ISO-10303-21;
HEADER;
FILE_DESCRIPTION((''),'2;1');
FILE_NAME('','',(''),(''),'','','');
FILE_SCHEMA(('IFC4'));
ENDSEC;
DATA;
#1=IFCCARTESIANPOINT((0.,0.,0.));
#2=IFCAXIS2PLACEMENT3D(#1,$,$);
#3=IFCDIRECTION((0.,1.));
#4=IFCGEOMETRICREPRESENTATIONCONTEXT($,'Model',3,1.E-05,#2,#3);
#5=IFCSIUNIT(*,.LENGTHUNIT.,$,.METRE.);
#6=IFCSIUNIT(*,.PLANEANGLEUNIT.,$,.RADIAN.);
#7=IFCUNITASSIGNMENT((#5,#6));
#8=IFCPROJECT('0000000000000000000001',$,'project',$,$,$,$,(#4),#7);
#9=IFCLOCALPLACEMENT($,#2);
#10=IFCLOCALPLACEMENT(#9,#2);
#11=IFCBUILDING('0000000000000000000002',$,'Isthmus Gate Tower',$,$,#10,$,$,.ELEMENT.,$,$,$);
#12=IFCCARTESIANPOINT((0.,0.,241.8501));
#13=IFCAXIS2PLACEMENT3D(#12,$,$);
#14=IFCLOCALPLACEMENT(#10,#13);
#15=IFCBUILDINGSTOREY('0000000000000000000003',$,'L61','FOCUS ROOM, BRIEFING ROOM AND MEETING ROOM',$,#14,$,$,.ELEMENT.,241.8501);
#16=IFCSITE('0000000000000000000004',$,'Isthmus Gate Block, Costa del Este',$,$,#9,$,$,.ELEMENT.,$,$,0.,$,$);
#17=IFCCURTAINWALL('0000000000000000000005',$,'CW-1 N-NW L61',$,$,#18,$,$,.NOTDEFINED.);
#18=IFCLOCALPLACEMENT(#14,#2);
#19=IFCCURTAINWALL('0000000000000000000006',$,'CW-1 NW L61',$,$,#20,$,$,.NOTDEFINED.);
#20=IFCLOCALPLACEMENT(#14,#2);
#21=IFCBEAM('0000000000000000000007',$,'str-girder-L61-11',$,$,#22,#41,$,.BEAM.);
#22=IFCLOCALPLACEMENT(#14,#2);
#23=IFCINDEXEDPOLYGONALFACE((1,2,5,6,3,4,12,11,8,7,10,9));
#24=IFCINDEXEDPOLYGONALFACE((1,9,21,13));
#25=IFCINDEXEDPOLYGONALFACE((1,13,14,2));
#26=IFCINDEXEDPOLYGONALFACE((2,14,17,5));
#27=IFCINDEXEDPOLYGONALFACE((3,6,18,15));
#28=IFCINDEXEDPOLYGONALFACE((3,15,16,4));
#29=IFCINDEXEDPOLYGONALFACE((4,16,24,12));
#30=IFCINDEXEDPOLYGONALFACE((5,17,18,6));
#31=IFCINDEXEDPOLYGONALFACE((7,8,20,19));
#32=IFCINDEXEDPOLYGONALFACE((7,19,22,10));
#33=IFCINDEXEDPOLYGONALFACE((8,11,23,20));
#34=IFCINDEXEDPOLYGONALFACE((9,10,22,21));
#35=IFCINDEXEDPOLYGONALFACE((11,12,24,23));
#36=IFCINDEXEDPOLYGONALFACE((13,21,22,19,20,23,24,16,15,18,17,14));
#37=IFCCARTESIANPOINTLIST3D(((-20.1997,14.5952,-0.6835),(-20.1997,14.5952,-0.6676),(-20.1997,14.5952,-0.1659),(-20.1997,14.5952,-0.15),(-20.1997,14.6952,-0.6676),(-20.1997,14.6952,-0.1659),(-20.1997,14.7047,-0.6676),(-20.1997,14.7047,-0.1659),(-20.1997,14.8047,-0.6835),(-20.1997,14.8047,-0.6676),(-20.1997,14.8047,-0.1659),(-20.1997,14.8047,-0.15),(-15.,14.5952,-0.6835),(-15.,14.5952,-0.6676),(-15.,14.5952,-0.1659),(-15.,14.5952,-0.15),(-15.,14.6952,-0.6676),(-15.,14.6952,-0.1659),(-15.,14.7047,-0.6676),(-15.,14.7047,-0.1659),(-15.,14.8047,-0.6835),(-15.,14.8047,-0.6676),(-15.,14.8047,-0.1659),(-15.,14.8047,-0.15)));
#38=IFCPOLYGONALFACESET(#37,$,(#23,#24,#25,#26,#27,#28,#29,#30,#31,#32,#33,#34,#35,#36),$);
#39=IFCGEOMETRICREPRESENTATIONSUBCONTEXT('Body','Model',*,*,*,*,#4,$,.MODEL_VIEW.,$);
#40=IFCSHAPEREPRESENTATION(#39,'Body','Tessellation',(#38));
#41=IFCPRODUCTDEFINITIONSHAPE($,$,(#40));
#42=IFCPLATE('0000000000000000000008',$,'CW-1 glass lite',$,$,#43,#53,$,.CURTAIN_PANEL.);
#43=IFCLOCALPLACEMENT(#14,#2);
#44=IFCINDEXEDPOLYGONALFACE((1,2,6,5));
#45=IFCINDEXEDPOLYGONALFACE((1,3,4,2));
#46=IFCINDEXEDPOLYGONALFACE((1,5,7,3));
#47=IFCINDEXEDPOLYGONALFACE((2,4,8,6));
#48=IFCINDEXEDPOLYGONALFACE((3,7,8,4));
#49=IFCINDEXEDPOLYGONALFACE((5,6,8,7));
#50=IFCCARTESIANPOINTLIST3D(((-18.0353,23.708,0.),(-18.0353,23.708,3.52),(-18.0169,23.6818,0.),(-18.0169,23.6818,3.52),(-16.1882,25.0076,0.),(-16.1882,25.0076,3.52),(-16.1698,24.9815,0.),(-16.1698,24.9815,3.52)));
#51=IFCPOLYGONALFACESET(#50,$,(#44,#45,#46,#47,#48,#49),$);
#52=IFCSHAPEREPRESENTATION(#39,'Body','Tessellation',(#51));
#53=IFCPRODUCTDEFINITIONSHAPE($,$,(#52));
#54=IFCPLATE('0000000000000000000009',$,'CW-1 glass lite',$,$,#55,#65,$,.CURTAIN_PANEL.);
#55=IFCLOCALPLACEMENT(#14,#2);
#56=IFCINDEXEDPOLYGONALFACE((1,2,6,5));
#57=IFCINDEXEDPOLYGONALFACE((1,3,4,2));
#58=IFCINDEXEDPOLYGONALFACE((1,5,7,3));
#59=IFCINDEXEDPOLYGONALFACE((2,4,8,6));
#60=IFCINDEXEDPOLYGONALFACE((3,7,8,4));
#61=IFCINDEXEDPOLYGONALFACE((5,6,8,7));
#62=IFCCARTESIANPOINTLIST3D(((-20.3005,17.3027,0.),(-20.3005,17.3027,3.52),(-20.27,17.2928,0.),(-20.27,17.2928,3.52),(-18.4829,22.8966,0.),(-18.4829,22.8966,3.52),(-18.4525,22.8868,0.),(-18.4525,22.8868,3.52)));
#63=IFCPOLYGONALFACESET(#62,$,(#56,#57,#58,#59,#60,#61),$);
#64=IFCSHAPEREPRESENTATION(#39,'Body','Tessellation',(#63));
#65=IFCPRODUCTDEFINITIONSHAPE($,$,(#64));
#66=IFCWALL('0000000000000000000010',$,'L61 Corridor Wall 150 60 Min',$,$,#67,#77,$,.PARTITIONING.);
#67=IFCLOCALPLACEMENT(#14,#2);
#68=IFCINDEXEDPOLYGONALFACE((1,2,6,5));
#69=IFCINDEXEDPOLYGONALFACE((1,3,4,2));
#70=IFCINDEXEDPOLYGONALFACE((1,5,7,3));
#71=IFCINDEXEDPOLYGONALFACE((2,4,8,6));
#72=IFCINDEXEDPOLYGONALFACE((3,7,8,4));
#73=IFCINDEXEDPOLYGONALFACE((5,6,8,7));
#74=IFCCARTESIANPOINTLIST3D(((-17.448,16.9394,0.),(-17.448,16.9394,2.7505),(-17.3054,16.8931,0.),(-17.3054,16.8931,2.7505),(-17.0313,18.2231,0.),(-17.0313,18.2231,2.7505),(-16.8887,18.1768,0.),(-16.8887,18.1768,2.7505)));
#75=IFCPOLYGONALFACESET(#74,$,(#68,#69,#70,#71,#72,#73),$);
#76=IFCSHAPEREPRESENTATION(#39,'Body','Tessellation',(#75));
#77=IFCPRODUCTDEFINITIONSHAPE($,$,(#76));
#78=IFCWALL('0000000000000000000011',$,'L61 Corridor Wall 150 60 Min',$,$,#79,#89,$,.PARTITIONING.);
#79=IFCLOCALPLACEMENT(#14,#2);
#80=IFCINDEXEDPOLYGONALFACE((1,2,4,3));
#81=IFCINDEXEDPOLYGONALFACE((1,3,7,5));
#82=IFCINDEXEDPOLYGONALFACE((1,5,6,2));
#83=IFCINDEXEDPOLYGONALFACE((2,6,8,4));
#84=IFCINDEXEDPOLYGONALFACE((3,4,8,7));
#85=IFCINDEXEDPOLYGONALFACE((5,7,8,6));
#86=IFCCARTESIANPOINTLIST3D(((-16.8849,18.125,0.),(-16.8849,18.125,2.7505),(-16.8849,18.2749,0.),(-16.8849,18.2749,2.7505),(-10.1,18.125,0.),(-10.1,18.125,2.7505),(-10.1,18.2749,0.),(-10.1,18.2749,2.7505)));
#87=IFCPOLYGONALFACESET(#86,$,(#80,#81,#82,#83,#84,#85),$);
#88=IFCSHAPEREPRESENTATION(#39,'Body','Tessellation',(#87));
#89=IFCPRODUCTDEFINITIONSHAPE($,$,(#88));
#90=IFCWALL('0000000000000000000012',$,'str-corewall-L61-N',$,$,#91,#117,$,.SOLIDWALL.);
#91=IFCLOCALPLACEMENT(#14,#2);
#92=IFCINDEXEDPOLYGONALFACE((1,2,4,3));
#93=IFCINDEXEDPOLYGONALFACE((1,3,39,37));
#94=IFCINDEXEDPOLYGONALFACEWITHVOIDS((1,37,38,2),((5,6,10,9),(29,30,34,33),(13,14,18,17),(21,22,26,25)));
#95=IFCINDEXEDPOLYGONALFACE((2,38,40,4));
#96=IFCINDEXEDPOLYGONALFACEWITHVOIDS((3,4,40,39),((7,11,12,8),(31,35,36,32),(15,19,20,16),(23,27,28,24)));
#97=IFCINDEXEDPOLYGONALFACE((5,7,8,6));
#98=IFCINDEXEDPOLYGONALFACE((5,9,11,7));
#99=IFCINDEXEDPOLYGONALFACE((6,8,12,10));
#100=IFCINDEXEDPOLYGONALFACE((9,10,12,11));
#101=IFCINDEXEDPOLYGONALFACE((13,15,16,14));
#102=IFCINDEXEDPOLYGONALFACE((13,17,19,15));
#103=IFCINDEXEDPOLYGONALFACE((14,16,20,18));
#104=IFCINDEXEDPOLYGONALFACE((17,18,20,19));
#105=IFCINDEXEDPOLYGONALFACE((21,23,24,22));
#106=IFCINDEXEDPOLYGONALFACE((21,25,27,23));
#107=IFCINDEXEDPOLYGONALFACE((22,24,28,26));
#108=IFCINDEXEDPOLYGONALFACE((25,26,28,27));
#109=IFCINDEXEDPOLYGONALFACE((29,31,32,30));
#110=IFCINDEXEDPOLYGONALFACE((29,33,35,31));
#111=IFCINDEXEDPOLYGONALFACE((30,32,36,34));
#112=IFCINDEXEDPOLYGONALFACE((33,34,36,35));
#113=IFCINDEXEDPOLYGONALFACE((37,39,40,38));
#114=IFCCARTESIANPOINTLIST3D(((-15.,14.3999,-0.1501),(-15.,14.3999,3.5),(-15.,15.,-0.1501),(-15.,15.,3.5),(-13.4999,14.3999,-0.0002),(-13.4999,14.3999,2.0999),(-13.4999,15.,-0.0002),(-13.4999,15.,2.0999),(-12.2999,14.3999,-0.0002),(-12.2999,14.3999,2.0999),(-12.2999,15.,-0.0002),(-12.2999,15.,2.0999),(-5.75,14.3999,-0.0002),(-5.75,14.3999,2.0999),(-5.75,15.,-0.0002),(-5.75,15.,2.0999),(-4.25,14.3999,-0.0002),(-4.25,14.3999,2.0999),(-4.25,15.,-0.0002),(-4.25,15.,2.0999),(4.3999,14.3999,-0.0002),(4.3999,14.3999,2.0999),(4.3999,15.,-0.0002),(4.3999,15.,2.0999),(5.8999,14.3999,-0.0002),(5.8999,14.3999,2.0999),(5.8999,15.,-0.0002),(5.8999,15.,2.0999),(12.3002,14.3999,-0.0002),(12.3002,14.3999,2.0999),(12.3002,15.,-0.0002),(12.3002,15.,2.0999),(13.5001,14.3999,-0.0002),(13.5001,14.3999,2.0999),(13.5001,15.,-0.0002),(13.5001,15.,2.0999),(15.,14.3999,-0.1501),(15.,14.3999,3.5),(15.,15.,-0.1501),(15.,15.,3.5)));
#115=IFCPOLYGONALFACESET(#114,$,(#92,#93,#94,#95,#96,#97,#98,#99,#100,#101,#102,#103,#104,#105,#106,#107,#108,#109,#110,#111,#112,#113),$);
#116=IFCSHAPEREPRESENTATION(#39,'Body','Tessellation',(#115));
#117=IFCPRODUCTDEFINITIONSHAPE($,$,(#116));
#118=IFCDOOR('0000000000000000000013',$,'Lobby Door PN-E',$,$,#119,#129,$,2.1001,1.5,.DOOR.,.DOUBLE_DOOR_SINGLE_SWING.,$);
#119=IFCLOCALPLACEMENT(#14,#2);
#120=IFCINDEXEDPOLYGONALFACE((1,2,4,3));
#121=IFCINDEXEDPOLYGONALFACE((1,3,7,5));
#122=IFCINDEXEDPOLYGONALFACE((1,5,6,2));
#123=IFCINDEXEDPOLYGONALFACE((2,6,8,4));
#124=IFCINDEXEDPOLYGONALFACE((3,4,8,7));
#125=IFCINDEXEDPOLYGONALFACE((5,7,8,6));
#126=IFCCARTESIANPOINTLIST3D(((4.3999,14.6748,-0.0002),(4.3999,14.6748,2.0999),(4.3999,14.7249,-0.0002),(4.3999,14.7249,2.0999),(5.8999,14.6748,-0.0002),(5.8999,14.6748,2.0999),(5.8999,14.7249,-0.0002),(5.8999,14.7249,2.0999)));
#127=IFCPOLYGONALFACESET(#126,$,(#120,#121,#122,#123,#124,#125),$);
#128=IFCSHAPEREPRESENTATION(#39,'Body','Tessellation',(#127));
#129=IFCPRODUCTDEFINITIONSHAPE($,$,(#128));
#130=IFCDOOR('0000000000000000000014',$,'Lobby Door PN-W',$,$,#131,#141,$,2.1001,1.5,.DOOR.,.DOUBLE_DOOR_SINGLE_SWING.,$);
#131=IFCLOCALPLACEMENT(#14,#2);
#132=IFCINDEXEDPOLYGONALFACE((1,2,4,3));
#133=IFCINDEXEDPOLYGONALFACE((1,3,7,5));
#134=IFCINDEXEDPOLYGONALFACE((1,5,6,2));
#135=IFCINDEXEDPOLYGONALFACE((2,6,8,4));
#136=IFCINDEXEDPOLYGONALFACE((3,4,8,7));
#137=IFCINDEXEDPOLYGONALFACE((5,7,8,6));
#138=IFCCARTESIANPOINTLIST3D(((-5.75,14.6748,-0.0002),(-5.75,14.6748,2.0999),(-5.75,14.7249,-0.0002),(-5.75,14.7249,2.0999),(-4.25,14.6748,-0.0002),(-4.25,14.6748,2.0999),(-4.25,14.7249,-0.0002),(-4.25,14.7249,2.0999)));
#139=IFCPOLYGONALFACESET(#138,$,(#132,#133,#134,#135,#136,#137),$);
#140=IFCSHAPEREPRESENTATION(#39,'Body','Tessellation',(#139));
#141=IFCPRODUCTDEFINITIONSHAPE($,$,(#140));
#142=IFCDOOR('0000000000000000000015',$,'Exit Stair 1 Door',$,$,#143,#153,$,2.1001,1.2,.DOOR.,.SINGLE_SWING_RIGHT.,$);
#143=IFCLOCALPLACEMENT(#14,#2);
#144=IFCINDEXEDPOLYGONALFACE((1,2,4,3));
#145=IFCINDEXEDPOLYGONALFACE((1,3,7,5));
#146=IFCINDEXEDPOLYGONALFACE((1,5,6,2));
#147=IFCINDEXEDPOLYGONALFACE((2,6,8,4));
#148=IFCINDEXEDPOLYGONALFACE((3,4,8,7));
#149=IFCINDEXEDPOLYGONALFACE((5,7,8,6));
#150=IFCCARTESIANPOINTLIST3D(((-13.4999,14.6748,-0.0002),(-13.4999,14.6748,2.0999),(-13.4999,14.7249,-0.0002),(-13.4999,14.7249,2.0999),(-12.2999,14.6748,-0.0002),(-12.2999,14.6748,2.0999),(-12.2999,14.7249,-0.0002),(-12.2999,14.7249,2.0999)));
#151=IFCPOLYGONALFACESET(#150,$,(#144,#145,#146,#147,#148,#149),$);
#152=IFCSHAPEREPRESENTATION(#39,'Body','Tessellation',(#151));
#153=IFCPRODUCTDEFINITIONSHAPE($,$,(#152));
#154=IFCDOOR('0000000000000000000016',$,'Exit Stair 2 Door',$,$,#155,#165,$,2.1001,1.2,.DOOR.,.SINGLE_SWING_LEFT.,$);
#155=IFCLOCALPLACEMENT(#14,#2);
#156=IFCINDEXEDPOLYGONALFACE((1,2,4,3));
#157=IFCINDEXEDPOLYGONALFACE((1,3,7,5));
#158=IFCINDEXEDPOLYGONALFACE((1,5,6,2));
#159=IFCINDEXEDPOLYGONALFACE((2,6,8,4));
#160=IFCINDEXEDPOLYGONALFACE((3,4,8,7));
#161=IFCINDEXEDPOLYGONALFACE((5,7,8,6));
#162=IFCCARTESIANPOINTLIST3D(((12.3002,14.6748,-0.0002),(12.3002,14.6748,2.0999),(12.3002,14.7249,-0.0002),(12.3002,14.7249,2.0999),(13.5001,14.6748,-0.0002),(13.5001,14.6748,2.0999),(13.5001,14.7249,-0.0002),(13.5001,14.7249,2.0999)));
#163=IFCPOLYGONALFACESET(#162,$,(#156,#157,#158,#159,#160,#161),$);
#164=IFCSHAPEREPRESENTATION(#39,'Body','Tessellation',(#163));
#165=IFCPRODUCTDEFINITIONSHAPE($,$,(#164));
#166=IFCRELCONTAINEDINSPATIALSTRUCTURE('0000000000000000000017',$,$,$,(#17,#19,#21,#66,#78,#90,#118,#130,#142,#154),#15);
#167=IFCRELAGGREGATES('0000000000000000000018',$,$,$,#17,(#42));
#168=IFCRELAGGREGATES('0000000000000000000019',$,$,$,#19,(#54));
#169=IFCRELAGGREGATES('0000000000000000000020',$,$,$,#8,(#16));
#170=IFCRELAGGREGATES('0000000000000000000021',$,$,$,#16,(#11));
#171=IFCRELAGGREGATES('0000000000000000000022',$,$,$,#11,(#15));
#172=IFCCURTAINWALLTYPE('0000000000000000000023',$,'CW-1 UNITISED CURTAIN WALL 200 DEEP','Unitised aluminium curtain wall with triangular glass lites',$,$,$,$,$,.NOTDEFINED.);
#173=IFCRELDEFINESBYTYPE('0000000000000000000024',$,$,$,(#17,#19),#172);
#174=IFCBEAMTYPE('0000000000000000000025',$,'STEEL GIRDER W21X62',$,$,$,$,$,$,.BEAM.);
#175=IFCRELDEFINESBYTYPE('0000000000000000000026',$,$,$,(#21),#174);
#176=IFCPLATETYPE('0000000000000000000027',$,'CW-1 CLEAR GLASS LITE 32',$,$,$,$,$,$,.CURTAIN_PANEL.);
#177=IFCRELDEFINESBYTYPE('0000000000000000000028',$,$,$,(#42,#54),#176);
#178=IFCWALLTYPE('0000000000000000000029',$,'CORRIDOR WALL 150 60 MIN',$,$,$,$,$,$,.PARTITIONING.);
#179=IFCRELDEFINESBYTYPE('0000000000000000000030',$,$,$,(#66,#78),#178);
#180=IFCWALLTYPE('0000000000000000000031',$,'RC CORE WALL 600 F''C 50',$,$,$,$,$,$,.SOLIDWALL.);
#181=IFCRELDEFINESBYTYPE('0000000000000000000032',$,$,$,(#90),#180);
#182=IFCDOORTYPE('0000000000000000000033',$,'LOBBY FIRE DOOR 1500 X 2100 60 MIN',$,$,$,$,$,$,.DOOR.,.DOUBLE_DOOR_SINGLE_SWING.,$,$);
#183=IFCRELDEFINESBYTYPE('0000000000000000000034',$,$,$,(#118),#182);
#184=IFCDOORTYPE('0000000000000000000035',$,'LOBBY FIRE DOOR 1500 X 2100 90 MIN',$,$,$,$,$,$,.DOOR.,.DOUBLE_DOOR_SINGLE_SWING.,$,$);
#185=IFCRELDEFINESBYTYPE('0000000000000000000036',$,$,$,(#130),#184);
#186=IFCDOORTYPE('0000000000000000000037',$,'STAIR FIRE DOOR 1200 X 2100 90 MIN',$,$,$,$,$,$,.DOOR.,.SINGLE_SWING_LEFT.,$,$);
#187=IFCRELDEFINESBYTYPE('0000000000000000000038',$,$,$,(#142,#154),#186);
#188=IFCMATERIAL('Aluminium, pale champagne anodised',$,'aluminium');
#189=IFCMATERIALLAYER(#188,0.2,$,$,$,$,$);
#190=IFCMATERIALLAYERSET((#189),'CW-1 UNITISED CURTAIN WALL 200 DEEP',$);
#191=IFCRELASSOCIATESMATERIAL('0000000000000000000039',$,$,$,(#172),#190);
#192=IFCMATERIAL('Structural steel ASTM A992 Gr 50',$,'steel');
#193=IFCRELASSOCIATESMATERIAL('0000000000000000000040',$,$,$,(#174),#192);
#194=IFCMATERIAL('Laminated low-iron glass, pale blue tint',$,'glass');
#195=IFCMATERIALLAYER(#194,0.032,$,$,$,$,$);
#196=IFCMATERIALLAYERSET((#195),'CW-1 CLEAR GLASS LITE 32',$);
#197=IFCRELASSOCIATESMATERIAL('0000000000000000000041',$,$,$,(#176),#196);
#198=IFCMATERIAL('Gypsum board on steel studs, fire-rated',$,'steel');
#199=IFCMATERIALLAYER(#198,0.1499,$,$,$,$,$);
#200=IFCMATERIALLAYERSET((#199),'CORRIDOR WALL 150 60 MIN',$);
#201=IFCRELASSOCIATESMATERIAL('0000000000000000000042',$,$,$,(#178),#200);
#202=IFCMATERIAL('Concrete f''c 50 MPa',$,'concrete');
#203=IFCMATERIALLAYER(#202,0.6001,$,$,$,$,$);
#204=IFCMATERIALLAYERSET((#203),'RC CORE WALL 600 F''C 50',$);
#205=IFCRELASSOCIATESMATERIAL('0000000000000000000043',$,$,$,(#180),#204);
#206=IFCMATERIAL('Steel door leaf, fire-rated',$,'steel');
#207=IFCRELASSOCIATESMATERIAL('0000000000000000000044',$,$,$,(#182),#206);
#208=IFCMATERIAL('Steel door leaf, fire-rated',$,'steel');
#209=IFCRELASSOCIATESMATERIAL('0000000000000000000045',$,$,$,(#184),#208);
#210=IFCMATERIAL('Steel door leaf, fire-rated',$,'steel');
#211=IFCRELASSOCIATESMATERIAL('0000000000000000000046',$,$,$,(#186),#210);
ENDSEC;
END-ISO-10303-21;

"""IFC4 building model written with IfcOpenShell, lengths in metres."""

from ifc_helpers import new_model, si_unit, direction, frame, frame_2d, origin, origin_2d, place, context, subcontext, project, spatial, rectangle, i_section, extrude, material, layer, layer_set, material_profile, profile_set, type_object, element, fill, aggregate, save


model = new_model("IFC4")

# Units and contexts
model_context = context("Model", 3, precision=1e-05, world=origin(), true_north=direction((0.0, 1.0)))
body_context = subcontext(model_context, "Body", "Model", "MODEL_VIEW")
ifc_project = project(units=[si_unit("LENGTHUNIT", "METRE"), si_unit("PLANEANGLEUNIT", "RADIAN")], contexts=[model_context])

# Site, building, storey
site_placement = place(None, origin())
site = spatial("IfcSite", under=ifc_project, at=site_placement, Name="Isthmus Gate Block, Costa del Este", CompositionType="ELEMENT", RefElevation=0.0)
building_placement = place(site_placement, origin())
building = spatial("IfcBuilding", under=site, at=building_placement, Name="Isthmus Gate Tower", CompositionType="ELEMENT")
storey_placement = place(building_placement, frame((0.0, 0.0, 241.8501)))
storey = spatial("IfcBuildingStorey", under=building, at=storey_placement, Name="L61", Description="FOCUS ROOM, BRIEFING ROOM AND MEETING ROOM", CompositionType="ELEMENT", Elevation=241.8501)

# Curtain walls
ifc_material_1 = material(Name="Aluminium, pale champagne anodised", Category="aluminium")
ifc_layer_1 = layer(ifc_material_1, 0.2)
ifc_layer_set_1 = layer_set([ifc_layer_1], Name="CW-1 UNITISED CURTAIN WALL 200 DEEP")
curtain_wall_type = type_object("IfcCurtainWallType", Name="CW-1 UNITISED CURTAIN WALL 200 DEEP", Description="Unitised aluminium curtain wall with triangular glass lites", PredefinedType="NOTDEFINED", material=ifc_layer_set_1)
curtain_wall_1_placement = place(storey_placement, origin())
curtain_wall_1 = element("IfcCurtainWall", 1, at=curtain_wall_1_placement, inside=storey, type_object=curtain_wall_type, Name="CW-1 N-NW L61", PredefinedType="NOTDEFINED")
curtain_wall_2_placement = place(storey_placement, origin())
curtain_wall_2 = element("IfcCurtainWall", 2, at=curtain_wall_2_placement, inside=storey, type_object=curtain_wall_type, Name="CW-1 NW L61", PredefinedType="NOTDEFINED")

# Beam
ifc_material_2 = material(Name="Structural steel ASTM A992 Gr 50", Category="steel")
ifc_material_profile_1 = material_profile(ifc_material_2, i_section(OverallWidth=0.2095, OverallDepth=0.5334, WebThickness=0.0095, FlangeThickness=0.0159, at=origin_2d()), Name="W21X62")
ifc_profile_set_1 = profile_set([ifc_material_profile_1], Name="Structural steel ASTM A992 Gr 50")
beam_type_1 = type_object("IfcBeamType", Name="STEEL GIRDER W21X62", PredefinedType="BEAM", material=ifc_profile_set_1)
beam_1_placement = place(storey_placement, frame((-15.0, 14.7, -0.4167), z_axis=(-1.0, 0.0, 0.0), x_axis=(0.0, -1.0, 0.0)))
element("IfcBeam", 3, at=beam_1_placement, inside=storey, type_object=beam_type_1, Name="str-girder-L61-11", PredefinedType="BEAM", context=body_context, shape_type="SweptSolid", body=[
    extrude(i_section(OverallWidth=0.2095, OverallDepth=0.5334, WebThickness=0.0095, FlangeThickness=0.0159, at=origin_2d()), origin(), (0.0, 0.0, 1.0), 5.1997),
])

# Plates
ifc_material_3 = material(Name="Laminated low-iron glass, pale blue tint", Category="glass")
ifc_layer_2 = layer(ifc_material_3, 0.032)
ifc_layer_set_2 = layer_set([ifc_layer_2], Name="CW-1 CLEAR GLASS LITE 32")
plate_type = type_object("IfcPlateType", Name="CW-1 CLEAR GLASS LITE 32", PredefinedType="CURTAIN_PANEL", material=ifc_layer_set_2)
plate_1_placement = place(storey_placement, frame((-17.1025, 24.3447, 0.0), z_axis=(0.0, 0.0, 1.0), x_axis=(-0.81786, -0.575418, 0.0)))
plate_1 = element("IfcPlate", 4, at=plate_1_placement, type_object=plate_type, Name="CW-1 glass lite", PredefinedType="CURTAIN_PANEL", context=body_context, shape_type="SweptSolid", body=[
    extrude(rectangle(XDim=2.2585, YDim=0.032, at=origin_2d()), origin(), (0.0, 0.0, 1.0), 3.52),
])
aggregate(curtain_wall_1, [plate_1])
plate_2_placement = place(storey_placement, frame((-19.3765, 20.0947, 0.0), z_axis=(0.0, 0.0, 1.0), x_axis=(-0.309017, -0.951057, 0.0)))
plate_2 = element("IfcPlate", 5, at=plate_2_placement, type_object=plate_type, Name="CW-1 glass lite", PredefinedType="CURTAIN_PANEL", context=body_context, shape_type="SweptSolid", body=[
    extrude(rectangle(XDim=5.8818, YDim=0.032, at=origin_2d()), origin(), (0.0, 0.0, 1.0), 3.52),
])

# Walls
ifc_material_4 = material(Name="Gypsum board on steel studs, fire-rated", Category="steel")
ifc_layer_3 = layer(ifc_material_4, 0.1499)
ifc_layer_set_3 = layer_set([ifc_layer_3], Name="CORRIDOR WALL 150 60 MIN")
wall_type_1 = type_object("IfcWallType", Name="CORRIDOR WALL 150 60 MIN", PredefinedType="PARTITIONING", material=ifc_layer_set_3)
wall_1_placement = place(storey_placement, frame((-17.3767, 16.9163, 0.0), z_axis=(0.0, 0.0, 1.0), x_axis=(0.308783, 0.951132, 0.0)))
element("IfcWall", 6, at=wall_1_placement, inside=storey, type_object=wall_type_1, Name="L61 Corridor Wall 150 60 Min", PredefinedType="PARTITIONING", context=body_context, shape_type="SweptSolid", body=[
    extrude(rectangle(XDim=1.3496, YDim=0.1499, at=frame_2d((0.6748, 0.0))), origin(), (0.0, 0.0, 1.0), 2.7505),
])
wall_2_placement = place(storey_placement, frame((-16.885, 18.2, 0.0), z_axis=(0.0, 0.0, 1.0), x_axis=(1.0, 0.0, 0.0)))
element("IfcWall", 7, at=wall_2_placement, inside=storey, type_object=wall_type_1, Name="L61 Corridor Wall 150 60 Min", PredefinedType="PARTITIONING", context=body_context, shape_type="SweptSolid", body=[
    extrude(rectangle(XDim=6.7849, YDim=0.1499, at=frame_2d((3.3926, 0.0))), origin(), (0.0, 0.0, 1.0), 2.7505),
])

# Wall, openings, doors
ifc_material_5 = material(Name="Concrete f'c 50 MPa", Category="concrete")
ifc_layer_4 = layer(ifc_material_5, 0.6001)
ifc_layer_set_4 = layer_set([ifc_layer_4], Name="RC CORE WALL 600 F'C 50")
wall_type_2 = type_object("IfcWallType", Name="RC CORE WALL 600 F'C 50", PredefinedType="SOLIDWALL", material=ifc_layer_set_4)
wall_3_placement = place(storey_placement, frame((-15.0, 14.7, -0.1501), z_axis=(0.0, 0.0, 1.0), x_axis=(1.0, 0.0, 0.0)))
wall_3 = element("IfcWall", 8, at=wall_3_placement, inside=storey, type_object=wall_type_2, Name="str-corewall-L61-N", PredefinedType="SOLIDWALL", context=body_context, shape_type="SweptSolid", body=[
    extrude(rectangle(XDim=30.0, YDim=0.6001, at=frame_2d((15.0, 0.0))), origin(), (0.0, 0.0, 1.0), 3.6501),
])
opening_1_placement = place(wall_3_placement, frame((9.25, 0.0, 0.1499)))
opening_1 = element("IfcOpeningElement", 9, at=opening_1_placement, cuts=wall_3, PredefinedType="OPENING", context=body_context, shape_type="SweptSolid", body=[
    extrude(rectangle(XDim=1.5, YDim=2.1001, at=frame_2d((0.75, 1.05))), frame((0.0, 0.3101, 0.0), z_axis=(0.0, -1.0, 0.0), x_axis=(1.0, 0.0, 0.0)), (0.0, 0.0, 1.0), 0.6201),
])
opening_2_placement = place(wall_3_placement, frame((19.3999, 0.0, 0.1499)))
opening_2 = element("IfcOpeningElement", 10, at=opening_2_placement, cuts=wall_3, PredefinedType="OPENING", context=body_context, shape_type="SweptSolid", body=[
    extrude(rectangle(XDim=1.5, YDim=2.1001, at=frame_2d((0.75, 1.05))), frame((0.0, 0.3101, 0.0), z_axis=(0.0, -1.0, 0.0), x_axis=(1.0, 0.0, 0.0)), (0.0, 0.0, 1.0), 0.6201),
])
opening_3_placement = place(wall_3_placement, frame((1.5, 0.0, 0.1499)))
opening_3 = element("IfcOpeningElement", 11, at=opening_3_placement, cuts=wall_3, PredefinedType="OPENING", context=body_context, shape_type="SweptSolid", body=[
    extrude(rectangle(XDim=1.2, YDim=2.1001, at=frame_2d((0.6001, 1.05))), frame((0.0, 0.3101, 0.0), z_axis=(0.0, -1.0, 0.0), x_axis=(1.0, 0.0, 0.0)), (0.0, 0.0, 1.0), 0.6201),
])
opening_4_placement = place(wall_3_placement, frame((27.3, 0.0, 0.1499)))
opening_4 = element("IfcOpeningElement", 12, at=opening_4_placement, cuts=wall_3, PredefinedType="OPENING", context=body_context, shape_type="SweptSolid", body=[
    extrude(rectangle(XDim=1.2, YDim=2.1001, at=frame_2d((0.6001, 1.05))), frame((0.0, 0.3101, 0.0), z_axis=(0.0, -1.0, 0.0), x_axis=(1.0, 0.0, 0.0)), (0.0, 0.0, 1.0), 0.6201),
])
ifc_material_6 = material(Name="Steel door leaf, fire-rated", Category="steel")
door_type_1 = type_object("IfcDoorType", Name="LOBBY FIRE DOOR 1500 X 2100 60 MIN", OperationType="DOUBLE_DOOR_SINGLE_SWING", PredefinedType="DOOR", material=ifc_material_6)
door_1_placement = place(opening_2_placement, origin())
door_1 = element("IfcDoor", 13, at=door_1_placement, inside=storey, type_object=door_type_1, Name="Lobby Door PN-E", OperationType="DOUBLE_DOOR_SINGLE_SWING", OverallHeight=2.1001, OverallWidth=1.5, PredefinedType="DOOR", context=body_context, shape_type="SweptSolid", body=[
    extrude(rectangle(XDim=1.5, YDim=2.1001, at=frame_2d((0.75, 1.05))), frame((0.0, 0.0249, 0.0), z_axis=(0.0, -1.0, 0.0), x_axis=(1.0, 0.0, 0.0)), (0.0, 0.0, 1.0), 0.05),
])
fill(opening_2, door_1)
ifc_material_7 = material(Name="Steel door leaf, fire-rated", Category="steel")
door_type_2 = type_object("IfcDoorType", Name="LOBBY FIRE DOOR 1500 X 2100 90 MIN", OperationType="DOUBLE_DOOR_SINGLE_SWING", PredefinedType="DOOR", material=ifc_material_7)
door_2_placement = place(opening_1_placement, origin())
door_2 = element("IfcDoor", 14, at=door_2_placement, inside=storey, type_object=door_type_2, Name="Lobby Door PN-W", OperationType="DOUBLE_DOOR_SINGLE_SWING", OverallHeight=2.1001, OverallWidth=1.5, PredefinedType="DOOR", context=body_context, shape_type="SweptSolid", body=[
    extrude(rectangle(XDim=1.5, YDim=2.1001, at=frame_2d((0.75, 1.05))), frame((0.0, 0.0249, 0.0), z_axis=(0.0, -1.0, 0.0), x_axis=(1.0, 0.0, 0.0)), (0.0, 0.0, 1.0), 0.05),
])
fill(opening_1, door_2)
ifc_material_8 = material(Name="Steel door leaf, fire-rated", Category="steel")
door_type_3 = type_object("IfcDoorType", Name="STAIR FIRE DOOR 1200 X 2100 90 MIN", OperationType="SINGLE_SWING_LEFT", PredefinedType="DOOR", material=ifc_material_8)
door_3_placement = place(opening_3_placement, origin())
door_3 = element("IfcDoor", 15, at=door_3_placement, inside=storey, type_object=door_type_3, Name="Exit Stair 1 Door", OperationType="SINGLE_SWING_RIGHT", OverallHeight=2.1001, OverallWidth=1.2, PredefinedType="DOOR", context=body_context, shape_type="SweptSolid", body=[
    extrude(rectangle(XDim=1.2, YDim=2.1001, at=frame_2d((0.6001, 1.05))), frame((0.0, 0.0249, 0.0), z_axis=(0.0, -1.0, 0.0), x_axis=(1.0, 0.0, 0.0)), (0.0, 0.0, 1.0), 0.05),
])
fill(opening_3, door_3)
door_4_placement = place(opening_4_placement, origin())
door_4 = element("IfcDoor", 16, at=door_4_placement, inside=storey, type_object=door_type_3, Name="Exit Stair 2 Door", OperationType="SINGLE_SWING_LEFT", OverallHeight=2.1001, OverallWidth=1.2, PredefinedType="DOOR", context=body_context, shape_type="SweptSolid", body=[
    extrude(rectangle(XDim=1.2, YDim=2.1001, at=frame_2d((0.6001, 1.05))), frame((0.0, 0.0249, 0.0), z_axis=(0.0, -1.0, 0.0), x_axis=(1.0, 0.0, 0.0)), (0.0, 0.0, 1.0), 0.05),
])
fill(opening_4, door_4)

aggregate(curtain_wall_2, [plate_2])

save(model, "model.ifc")
